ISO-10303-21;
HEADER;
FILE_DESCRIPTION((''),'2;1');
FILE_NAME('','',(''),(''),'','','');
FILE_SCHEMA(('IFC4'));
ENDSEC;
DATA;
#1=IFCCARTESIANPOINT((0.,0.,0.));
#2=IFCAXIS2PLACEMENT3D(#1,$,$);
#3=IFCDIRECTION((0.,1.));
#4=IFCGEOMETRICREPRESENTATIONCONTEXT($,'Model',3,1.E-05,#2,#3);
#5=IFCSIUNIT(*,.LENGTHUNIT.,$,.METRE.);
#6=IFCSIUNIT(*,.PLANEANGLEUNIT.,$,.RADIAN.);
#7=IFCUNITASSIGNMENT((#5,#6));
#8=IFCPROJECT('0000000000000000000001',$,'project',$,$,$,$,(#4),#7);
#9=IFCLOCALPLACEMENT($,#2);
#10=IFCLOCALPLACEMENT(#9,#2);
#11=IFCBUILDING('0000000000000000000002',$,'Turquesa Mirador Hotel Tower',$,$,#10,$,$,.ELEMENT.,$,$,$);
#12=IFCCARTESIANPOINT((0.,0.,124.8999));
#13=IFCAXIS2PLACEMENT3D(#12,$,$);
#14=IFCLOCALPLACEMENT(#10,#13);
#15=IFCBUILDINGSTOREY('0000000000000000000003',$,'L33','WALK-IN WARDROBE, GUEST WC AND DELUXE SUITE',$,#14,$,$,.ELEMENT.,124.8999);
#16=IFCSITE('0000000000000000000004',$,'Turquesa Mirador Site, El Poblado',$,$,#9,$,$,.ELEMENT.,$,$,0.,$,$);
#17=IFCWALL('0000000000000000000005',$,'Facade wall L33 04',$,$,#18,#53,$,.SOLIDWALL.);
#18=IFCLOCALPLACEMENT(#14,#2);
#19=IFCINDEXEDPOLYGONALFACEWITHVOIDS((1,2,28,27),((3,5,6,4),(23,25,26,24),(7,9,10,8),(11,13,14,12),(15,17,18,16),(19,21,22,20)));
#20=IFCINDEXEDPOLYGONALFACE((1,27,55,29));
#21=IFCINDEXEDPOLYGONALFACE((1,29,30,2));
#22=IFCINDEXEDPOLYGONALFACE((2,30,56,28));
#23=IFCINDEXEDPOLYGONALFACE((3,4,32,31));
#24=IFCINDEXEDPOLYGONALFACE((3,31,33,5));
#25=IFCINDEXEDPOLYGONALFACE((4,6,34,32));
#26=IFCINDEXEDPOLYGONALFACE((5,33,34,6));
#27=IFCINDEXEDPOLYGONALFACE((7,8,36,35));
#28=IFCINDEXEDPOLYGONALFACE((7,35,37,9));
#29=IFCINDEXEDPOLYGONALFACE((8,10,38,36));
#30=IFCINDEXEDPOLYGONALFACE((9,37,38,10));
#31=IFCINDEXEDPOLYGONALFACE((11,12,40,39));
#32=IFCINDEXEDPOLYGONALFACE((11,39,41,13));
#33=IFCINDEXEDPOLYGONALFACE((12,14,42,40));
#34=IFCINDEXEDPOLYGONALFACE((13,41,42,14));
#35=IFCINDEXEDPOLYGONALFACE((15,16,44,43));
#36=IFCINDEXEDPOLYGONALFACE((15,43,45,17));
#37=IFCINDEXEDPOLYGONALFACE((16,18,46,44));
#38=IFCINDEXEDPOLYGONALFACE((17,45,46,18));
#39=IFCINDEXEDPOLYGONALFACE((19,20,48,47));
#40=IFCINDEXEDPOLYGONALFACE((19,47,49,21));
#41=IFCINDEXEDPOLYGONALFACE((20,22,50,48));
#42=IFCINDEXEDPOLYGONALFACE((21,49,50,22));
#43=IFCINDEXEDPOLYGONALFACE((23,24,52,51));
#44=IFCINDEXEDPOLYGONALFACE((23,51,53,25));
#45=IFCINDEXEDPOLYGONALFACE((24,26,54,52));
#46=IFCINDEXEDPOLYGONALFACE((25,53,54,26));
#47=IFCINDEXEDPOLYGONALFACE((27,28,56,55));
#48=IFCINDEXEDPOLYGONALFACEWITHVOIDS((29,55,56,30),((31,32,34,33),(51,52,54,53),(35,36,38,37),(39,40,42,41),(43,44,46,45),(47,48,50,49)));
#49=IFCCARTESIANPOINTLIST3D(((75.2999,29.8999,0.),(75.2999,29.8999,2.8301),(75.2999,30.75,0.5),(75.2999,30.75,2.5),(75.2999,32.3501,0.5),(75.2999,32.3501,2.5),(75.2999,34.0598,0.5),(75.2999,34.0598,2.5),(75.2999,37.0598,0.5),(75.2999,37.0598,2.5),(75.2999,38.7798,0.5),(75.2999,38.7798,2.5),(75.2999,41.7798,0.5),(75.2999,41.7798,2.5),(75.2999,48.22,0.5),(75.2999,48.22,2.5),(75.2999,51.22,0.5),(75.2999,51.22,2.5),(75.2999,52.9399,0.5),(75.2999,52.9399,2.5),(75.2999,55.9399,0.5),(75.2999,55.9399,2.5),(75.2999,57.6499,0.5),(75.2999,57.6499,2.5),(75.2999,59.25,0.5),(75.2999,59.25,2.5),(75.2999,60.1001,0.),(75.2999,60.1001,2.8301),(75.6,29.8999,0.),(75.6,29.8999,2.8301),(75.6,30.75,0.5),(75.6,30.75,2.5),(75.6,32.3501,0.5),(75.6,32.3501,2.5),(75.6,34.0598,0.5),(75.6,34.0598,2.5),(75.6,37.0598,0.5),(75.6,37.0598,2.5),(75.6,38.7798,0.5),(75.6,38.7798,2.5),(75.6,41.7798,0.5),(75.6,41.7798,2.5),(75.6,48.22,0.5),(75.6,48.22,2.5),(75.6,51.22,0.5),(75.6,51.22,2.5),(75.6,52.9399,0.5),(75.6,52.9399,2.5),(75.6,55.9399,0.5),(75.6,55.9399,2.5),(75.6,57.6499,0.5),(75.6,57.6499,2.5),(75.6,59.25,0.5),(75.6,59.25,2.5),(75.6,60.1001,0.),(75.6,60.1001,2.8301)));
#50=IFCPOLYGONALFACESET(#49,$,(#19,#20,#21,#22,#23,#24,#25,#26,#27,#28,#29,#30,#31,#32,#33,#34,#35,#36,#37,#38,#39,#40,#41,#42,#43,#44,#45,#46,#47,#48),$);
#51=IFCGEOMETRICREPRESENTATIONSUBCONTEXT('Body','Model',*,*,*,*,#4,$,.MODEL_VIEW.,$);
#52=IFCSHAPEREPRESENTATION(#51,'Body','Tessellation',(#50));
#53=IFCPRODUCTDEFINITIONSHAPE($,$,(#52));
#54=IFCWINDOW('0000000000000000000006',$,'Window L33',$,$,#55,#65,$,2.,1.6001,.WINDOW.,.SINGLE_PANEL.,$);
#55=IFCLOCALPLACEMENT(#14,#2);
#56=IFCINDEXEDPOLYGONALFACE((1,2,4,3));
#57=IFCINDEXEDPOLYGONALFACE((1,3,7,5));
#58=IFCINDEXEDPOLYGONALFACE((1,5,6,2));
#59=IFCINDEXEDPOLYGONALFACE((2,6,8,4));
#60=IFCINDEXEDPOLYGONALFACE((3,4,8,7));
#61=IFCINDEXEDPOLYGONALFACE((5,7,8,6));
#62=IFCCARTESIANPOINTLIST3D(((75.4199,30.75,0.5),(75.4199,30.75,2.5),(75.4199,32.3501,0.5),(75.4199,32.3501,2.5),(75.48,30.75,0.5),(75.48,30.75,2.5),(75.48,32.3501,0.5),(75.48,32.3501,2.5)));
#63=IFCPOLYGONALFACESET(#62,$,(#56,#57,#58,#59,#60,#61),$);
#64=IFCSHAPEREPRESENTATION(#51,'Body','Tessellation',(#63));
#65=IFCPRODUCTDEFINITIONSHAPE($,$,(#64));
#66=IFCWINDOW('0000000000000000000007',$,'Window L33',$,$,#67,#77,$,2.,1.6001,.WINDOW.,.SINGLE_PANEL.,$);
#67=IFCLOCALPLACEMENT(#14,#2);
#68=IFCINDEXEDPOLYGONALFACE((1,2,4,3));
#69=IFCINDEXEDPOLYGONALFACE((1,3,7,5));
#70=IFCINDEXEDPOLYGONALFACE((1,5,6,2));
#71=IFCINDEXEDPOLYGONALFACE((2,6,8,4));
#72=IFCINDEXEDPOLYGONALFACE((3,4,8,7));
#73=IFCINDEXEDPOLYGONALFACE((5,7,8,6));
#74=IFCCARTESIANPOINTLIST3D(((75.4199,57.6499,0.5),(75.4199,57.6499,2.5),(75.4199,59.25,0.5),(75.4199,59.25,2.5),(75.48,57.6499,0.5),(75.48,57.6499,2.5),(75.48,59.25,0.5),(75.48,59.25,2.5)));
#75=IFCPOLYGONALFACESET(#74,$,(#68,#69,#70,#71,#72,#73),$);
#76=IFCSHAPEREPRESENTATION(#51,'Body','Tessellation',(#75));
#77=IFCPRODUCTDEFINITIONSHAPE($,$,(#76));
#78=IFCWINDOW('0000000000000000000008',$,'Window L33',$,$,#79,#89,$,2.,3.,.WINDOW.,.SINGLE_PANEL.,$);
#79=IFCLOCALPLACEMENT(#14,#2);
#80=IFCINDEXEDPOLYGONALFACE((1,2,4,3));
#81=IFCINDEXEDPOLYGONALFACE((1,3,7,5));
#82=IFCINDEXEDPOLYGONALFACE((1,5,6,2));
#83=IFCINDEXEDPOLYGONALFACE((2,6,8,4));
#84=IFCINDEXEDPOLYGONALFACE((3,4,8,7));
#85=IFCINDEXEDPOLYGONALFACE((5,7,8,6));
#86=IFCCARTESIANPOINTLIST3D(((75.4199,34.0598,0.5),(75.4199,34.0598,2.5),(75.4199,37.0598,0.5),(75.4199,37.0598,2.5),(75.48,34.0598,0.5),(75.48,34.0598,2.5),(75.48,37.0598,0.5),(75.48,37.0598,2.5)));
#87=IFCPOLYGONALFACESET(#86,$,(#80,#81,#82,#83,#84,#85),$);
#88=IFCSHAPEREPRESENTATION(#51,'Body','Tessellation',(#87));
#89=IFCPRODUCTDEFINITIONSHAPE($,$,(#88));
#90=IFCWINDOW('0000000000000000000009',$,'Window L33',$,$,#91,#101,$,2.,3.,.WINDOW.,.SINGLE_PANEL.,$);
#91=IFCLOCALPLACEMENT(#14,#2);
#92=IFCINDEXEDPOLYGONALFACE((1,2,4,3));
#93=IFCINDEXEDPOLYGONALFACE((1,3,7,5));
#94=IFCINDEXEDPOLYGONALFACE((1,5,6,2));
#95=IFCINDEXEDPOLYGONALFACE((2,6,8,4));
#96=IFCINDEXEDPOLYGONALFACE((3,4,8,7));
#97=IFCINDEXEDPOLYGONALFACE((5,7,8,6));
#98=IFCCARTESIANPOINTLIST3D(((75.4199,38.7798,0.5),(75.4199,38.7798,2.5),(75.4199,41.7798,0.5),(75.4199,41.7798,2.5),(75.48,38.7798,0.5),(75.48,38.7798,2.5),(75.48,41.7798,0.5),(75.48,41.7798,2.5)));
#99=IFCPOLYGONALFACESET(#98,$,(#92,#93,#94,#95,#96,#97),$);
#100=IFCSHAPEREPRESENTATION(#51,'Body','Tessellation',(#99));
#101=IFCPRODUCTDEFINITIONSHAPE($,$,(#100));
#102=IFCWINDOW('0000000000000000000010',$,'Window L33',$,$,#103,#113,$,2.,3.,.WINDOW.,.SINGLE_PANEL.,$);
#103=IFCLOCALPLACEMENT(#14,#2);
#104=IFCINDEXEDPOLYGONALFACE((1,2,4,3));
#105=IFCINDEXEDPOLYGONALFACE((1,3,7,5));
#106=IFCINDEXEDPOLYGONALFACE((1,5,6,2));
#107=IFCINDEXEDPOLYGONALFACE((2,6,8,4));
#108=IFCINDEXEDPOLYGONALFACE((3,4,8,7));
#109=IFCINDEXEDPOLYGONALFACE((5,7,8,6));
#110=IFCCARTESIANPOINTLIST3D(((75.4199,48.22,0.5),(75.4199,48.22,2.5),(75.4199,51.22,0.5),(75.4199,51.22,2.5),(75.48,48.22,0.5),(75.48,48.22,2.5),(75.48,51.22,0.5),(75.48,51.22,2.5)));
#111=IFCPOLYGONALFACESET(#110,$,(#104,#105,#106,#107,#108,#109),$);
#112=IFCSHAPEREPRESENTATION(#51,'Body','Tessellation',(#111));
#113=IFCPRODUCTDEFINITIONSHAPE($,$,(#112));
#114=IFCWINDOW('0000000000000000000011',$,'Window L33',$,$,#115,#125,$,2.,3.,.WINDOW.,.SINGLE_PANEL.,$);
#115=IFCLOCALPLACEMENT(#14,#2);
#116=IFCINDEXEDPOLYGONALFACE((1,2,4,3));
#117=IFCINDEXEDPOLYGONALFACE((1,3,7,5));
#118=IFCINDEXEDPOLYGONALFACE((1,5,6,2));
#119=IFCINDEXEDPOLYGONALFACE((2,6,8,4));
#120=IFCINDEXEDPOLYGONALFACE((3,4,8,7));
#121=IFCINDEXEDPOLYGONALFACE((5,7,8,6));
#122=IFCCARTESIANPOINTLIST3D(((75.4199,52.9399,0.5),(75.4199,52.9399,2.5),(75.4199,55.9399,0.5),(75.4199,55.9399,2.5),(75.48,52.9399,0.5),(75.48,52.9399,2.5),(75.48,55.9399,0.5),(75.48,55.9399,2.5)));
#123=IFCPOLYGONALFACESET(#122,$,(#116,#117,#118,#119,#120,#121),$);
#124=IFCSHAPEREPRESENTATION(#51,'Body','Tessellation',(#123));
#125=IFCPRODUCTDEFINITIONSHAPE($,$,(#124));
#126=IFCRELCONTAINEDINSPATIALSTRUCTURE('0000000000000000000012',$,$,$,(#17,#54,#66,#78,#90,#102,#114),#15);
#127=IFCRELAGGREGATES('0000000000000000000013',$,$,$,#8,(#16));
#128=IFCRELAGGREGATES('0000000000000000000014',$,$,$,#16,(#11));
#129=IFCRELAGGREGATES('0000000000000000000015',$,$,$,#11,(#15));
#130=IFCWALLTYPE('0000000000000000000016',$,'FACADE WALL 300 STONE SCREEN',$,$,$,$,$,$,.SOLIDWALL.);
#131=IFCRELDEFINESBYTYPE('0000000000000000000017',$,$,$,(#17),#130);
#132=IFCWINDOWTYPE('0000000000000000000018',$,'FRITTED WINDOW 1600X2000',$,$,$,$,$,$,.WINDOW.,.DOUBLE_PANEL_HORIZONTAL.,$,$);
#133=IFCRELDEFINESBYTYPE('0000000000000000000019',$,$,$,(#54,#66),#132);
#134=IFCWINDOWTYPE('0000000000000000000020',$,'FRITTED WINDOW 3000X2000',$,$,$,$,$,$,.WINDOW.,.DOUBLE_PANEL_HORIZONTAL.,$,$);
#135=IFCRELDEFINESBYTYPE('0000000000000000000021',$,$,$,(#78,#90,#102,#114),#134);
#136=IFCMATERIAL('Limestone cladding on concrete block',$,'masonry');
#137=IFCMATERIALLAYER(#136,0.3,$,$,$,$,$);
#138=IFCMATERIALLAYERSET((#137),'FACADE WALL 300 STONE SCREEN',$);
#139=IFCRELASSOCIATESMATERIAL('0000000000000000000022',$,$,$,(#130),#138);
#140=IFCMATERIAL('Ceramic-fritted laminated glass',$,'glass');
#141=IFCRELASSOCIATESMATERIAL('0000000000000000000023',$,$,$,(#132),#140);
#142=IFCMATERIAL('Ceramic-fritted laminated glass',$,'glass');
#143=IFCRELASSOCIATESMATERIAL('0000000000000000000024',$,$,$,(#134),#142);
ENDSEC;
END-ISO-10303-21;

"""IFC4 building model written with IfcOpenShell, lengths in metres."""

from ifc_helpers import new_model, si_unit, direction, frame, frame_2d, origin, place, context, subcontext, project, spatial, rectangle, extrude, material, layer, layer_set, type_object, element, fill, save


model = new_model("IFC4")

# Units and contexts
model_context = context("Model", 3, precision=1e-05, world=origin(), true_north=direction((0.0, 1.0)))
body_context = subcontext(model_context, "Body", "Model", "MODEL_VIEW")
ifc_project = project(units=[si_unit("LENGTHUNIT", "METRE"), si_unit("PLANEANGLEUNIT", "RADIAN")], contexts=[model_context])

# Site, building, storey
site_placement = place(None, origin())
site = spatial("IfcSite", under=ifc_project, at=site_placement, Name="Turquesa Mirador Site, El Poblado", CompositionType="ELEMENT", RefElevation=0.0)
building_placement = place(site_placement, origin())
building = spatial("IfcBuilding", under=site, at=building_placement, Name="Turquesa Mirador Hotel Tower", CompositionType="ELEMENT")
storey_placement = place(building_placement, frame((0.0, 0.0, 124.8999)))
storey = spatial("IfcBuildingStorey", under=building, at=storey_placement, Name="L33", Description="WALK-IN WARDROBE, GUEST WC AND DELUXE SUITE", CompositionType="ELEMENT", Elevation=124.8999)

# Shared definitions
ifc_material_1 = material(Name="Limestone cladding on concrete block", Category="masonry")
ifc_layer = layer(ifc_material_1, 0.3)
ifc_layer_set = layer_set([ifc_layer], Name="FACADE WALL 300 STONE SCREEN")
wall_type = type_object("IfcWallType", Name="FACADE WALL 300 STONE SCREEN", PredefinedType="SOLIDWALL", material=ifc_layer_set)

# Wall, openings, windows
wall_1_placement = place(storey_placement, frame((75.45, 29.8999, 0.0), z_axis=(0.0, 0.0, 1.0), x_axis=(0.0, 1.0, 0.0)))
wall_1 = element("IfcWall", 1, at=wall_1_placement, inside=storey, type_object=wall_type, Name="Facade wall L33 04", PredefinedType="SOLIDWALL", context=body_context, shape_type="SweptSolid", body=[
    extrude(rectangle(XDim=30.2002, YDim=0.3, at=frame_2d((15.1001, 0.0))), origin(), (0.0, 0.0, 1.0), 2.8301),
])
opening_1_placement = place(wall_1_placement, frame((0.8501, 0.0, 0.5)))
opening_1 = element("IfcOpeningElement", 2, at=opening_1_placement, cuts=wall_1, PredefinedType="OPENING", context=body_context, shape_type="SweptSolid", body=[
    extrude(rectangle(XDim=1.6001, YDim=2.0, at=frame_2d((0.8, 1.0))), frame((0.0, 0.1599, 0.0), z_axis=(0.0, -1.0, 0.0), x_axis=(1.0, 0.0, 0.0)), (0.0, 0.0, 1.0), 0.3201),
])
opening_2_placement = place(wall_1_placement, frame((4.1599, 0.0, 0.5)))
opening_2 = element("IfcOpeningElement", 3, at=opening_2_placement, cuts=wall_1, PredefinedType="OPENING", context=body_context, shape_type="SweptSolid", body=[
    extrude(rectangle(XDim=3.0, YDim=2.0, at=frame_2d((1.5, 1.0))), frame((0.0, 0.1599, 0.0), z_axis=(0.0, -1.0, 0.0), x_axis=(1.0, 0.0, 0.0)), (0.0, 0.0, 1.0), 0.3201),
])
opening_3_placement = place(wall_1_placement, frame((8.8799, 0.0, 0.5)))
opening_3 = element("IfcOpeningElement", 4, at=opening_3_placement, cuts=wall_1, PredefinedType="OPENING", context=body_context, shape_type="SweptSolid", body=[
    extrude(rectangle(XDim=3.0, YDim=2.0, at=frame_2d((1.5, 1.0))), frame((0.0, 0.1599, 0.0), z_axis=(0.0, -1.0, 0.0), x_axis=(1.0, 0.0, 0.0)), (0.0, 0.0, 1.0), 0.3201),
])
opening_4_placement = place(wall_1_placement, frame((18.3201, 0.0, 0.5)))
opening_4 = element("IfcOpeningElement", 5, at=opening_4_placement, cuts=wall_1, PredefinedType="OPENING", context=body_context, shape_type="SweptSolid", body=[
    extrude(rectangle(XDim=3.0, YDim=2.0, at=frame_2d((1.5, 1.0))), frame((0.0, 0.1599, 0.0), z_axis=(0.0, -1.0, 0.0), x_axis=(1.0, 0.0, 0.0)), (0.0, 0.0, 1.0), 0.3201),
])
opening_5_placement = place(wall_1_placement, frame((23.04, 0.0, 0.5)))
opening_5 = element("IfcOpeningElement", 6, at=opening_5_placement, cuts=wall_1, PredefinedType="OPENING", context=body_context, shape_type="SweptSolid", body=[
    extrude(rectangle(XDim=3.0, YDim=2.0, at=frame_2d((1.5, 1.0))), frame((0.0, 0.1599, 0.0), z_axis=(0.0, -1.0, 0.0), x_axis=(1.0, 0.0, 0.0)), (0.0, 0.0, 1.0), 0.3201),
])
opening_6_placement = place(wall_1_placement, frame((27.75, 0.0, 0.5)))
opening_6 = element("IfcOpeningElement", 7, at=opening_6_placement, cuts=wall_1, PredefinedType="OPENING", context=body_context, shape_type="SweptSolid", body=[
    extrude(rectangle(XDim=1.6001, YDim=2.0, at=frame_2d((0.8, 1.0))), frame((0.0, 0.1599, 0.0), z_axis=(0.0, -1.0, 0.0), x_axis=(1.0, 0.0, 0.0)), (0.0, 0.0, 1.0), 0.3201),
])
ifc_material_2 = material(Name="Ceramic-fritted laminated glass", Category="glass")
window_type_1 = type_object("IfcWindowType", Name="FRITTED WINDOW 1600X2000", PartitioningType="DOUBLE_PANEL_HORIZONTAL", PredefinedType="WINDOW", material=ifc_material_2)
window_1_placement = place(opening_1_placement, origin())
window_1 = element("IfcWindow", 8, at=window_1_placement, inside=storey, type_object=window_type_1, Name="Window L33", OverallHeight=2.0, OverallWidth=1.6001, PartitioningType="SINGLE_PANEL", PredefinedType="WINDOW", context=body_context, shape_type="SweptSolid", body=[
    extrude(rectangle(XDim=1.6001, YDim=2.0, at=frame_2d((0.8, 1.0))), frame((0.0, 0.03, 0.0), z_axis=(0.0, -1.0, 0.0), x_axis=(1.0, 0.0, 0.0)), (0.0, 0.0, 1.0), 0.0601),
])
fill(opening_1, window_1)
window_2_placement = place(opening_6_placement, origin())
window_2 = element("IfcWindow", 9, at=window_2_placement, inside=storey, type_object=window_type_1, Name="Window L33", OverallHeight=2.0, OverallWidth=1.6001, PartitioningType="SINGLE_PANEL", PredefinedType="WINDOW", context=body_context, shape_type="SweptSolid", body=[
    extrude(rectangle(XDim=1.6001, YDim=2.0, at=frame_2d((0.8, 1.0))), frame((0.0, 0.03, 0.0), z_axis=(0.0, -1.0, 0.0), x_axis=(1.0, 0.0, 0.0)), (0.0, 0.0, 1.0), 0.0601),
])
fill(opening_6, window_2)
ifc_material_3 = material(Name="Ceramic-fritted laminated glass", Category="glass")
window_type_2 = type_object("IfcWindowType", Name="FRITTED WINDOW 3000X2000", PartitioningType="DOUBLE_PANEL_HORIZONTAL", PredefinedType="WINDOW", material=ifc_material_3)
window_3_placement = place(opening_2_placement, origin())
window_3 = element("IfcWindow", 10, at=window_3_placement, inside=storey, type_object=window_type_2, Name="Window L33", OverallHeight=2.0, OverallWidth=3.0, PartitioningType="SINGLE_PANEL", PredefinedType="WINDOW", context=body_context, shape_type="SweptSolid", body=[
    extrude(rectangle(XDim=3.0, YDim=2.0, at=frame_2d((1.5, 1.0))), frame((0.0, 0.03, 0.0), z_axis=(0.0, -1.0, 0.0), x_axis=(1.0, 0.0, 0.0)), (0.0, 0.0, 1.0), 0.0601),
])
fill(opening_2, window_3)
window_4_placement = place(opening_3_placement, origin())
window_4 = element("IfcWindow", 11, at=window_4_placement, inside=storey, type_object=window_type_2, Name="Window L33", OverallHeight=2.0, OverallWidth=3.0, PartitioningType="SINGLE_PANEL", PredefinedType="WINDOW", context=body_context, shape_type="SweptSolid", body=[
    extrude(rectangle(XDim=3.0, YDim=2.0, at=frame_2d((1.5, 1.0))), frame((0.0, 0.03, 0.0), z_axis=(0.0, -1.0, 0.0), x_axis=(1.0, 0.0, 0.0)), (0.0, 0.0, 1.0), 0.0601),
])
fill(opening_3, window_4)
window_5_placement = place(opening_4_placement, origin())
window_5 = element("IfcWindow", 12, at=window_5_placement, inside=storey, type_object=window_type_2, Name="Window L33", OverallHeight=2.0, OverallWidth=3.0, PartitioningType="SINGLE_PANEL", PredefinedType="WINDOW", context=body_context, shape_type="SweptSolid", body=[
    extrude(rectangle(XDim=3.0, YDim=2.0, at=frame_2d((1.5, 1.0))), frame((0.0, 0.03, 0.0), z_axis=(0.0, -1.0, 0.0), x_axis=(1.0, 0.0, 0.0)), (0.0, 0.0, 1.0), 0.0601),
])
fill(opening_4, window_5)
window_6_placement = place(opening_5_placement, origin())
window_6 = element("IfcWindow", 13, at=window_6_placement, inside=storey, type_object=window_type_2, Name="Window L33", OverallHeight=2.0, OverallWidth=3.0, PartitioningType="SINGLE_PANEL", PredefinedType="WINDOW", context=body_context, shape_type="SweptSolid", body=[
    extrude(rectangle(XDim=3.0, YDim=2.0, at=frame_2d((1.5, 1.0))), frame((0.0, 0.03, 0.0), z_axis=(0.0, -1.0, 0.0), x_axis=(1.0, 0.0, 0.0)), (0.0, 0.0, 1.0), 0.0601),
])
fill(opening_5, window_6)

save(model, "model.ifc")
